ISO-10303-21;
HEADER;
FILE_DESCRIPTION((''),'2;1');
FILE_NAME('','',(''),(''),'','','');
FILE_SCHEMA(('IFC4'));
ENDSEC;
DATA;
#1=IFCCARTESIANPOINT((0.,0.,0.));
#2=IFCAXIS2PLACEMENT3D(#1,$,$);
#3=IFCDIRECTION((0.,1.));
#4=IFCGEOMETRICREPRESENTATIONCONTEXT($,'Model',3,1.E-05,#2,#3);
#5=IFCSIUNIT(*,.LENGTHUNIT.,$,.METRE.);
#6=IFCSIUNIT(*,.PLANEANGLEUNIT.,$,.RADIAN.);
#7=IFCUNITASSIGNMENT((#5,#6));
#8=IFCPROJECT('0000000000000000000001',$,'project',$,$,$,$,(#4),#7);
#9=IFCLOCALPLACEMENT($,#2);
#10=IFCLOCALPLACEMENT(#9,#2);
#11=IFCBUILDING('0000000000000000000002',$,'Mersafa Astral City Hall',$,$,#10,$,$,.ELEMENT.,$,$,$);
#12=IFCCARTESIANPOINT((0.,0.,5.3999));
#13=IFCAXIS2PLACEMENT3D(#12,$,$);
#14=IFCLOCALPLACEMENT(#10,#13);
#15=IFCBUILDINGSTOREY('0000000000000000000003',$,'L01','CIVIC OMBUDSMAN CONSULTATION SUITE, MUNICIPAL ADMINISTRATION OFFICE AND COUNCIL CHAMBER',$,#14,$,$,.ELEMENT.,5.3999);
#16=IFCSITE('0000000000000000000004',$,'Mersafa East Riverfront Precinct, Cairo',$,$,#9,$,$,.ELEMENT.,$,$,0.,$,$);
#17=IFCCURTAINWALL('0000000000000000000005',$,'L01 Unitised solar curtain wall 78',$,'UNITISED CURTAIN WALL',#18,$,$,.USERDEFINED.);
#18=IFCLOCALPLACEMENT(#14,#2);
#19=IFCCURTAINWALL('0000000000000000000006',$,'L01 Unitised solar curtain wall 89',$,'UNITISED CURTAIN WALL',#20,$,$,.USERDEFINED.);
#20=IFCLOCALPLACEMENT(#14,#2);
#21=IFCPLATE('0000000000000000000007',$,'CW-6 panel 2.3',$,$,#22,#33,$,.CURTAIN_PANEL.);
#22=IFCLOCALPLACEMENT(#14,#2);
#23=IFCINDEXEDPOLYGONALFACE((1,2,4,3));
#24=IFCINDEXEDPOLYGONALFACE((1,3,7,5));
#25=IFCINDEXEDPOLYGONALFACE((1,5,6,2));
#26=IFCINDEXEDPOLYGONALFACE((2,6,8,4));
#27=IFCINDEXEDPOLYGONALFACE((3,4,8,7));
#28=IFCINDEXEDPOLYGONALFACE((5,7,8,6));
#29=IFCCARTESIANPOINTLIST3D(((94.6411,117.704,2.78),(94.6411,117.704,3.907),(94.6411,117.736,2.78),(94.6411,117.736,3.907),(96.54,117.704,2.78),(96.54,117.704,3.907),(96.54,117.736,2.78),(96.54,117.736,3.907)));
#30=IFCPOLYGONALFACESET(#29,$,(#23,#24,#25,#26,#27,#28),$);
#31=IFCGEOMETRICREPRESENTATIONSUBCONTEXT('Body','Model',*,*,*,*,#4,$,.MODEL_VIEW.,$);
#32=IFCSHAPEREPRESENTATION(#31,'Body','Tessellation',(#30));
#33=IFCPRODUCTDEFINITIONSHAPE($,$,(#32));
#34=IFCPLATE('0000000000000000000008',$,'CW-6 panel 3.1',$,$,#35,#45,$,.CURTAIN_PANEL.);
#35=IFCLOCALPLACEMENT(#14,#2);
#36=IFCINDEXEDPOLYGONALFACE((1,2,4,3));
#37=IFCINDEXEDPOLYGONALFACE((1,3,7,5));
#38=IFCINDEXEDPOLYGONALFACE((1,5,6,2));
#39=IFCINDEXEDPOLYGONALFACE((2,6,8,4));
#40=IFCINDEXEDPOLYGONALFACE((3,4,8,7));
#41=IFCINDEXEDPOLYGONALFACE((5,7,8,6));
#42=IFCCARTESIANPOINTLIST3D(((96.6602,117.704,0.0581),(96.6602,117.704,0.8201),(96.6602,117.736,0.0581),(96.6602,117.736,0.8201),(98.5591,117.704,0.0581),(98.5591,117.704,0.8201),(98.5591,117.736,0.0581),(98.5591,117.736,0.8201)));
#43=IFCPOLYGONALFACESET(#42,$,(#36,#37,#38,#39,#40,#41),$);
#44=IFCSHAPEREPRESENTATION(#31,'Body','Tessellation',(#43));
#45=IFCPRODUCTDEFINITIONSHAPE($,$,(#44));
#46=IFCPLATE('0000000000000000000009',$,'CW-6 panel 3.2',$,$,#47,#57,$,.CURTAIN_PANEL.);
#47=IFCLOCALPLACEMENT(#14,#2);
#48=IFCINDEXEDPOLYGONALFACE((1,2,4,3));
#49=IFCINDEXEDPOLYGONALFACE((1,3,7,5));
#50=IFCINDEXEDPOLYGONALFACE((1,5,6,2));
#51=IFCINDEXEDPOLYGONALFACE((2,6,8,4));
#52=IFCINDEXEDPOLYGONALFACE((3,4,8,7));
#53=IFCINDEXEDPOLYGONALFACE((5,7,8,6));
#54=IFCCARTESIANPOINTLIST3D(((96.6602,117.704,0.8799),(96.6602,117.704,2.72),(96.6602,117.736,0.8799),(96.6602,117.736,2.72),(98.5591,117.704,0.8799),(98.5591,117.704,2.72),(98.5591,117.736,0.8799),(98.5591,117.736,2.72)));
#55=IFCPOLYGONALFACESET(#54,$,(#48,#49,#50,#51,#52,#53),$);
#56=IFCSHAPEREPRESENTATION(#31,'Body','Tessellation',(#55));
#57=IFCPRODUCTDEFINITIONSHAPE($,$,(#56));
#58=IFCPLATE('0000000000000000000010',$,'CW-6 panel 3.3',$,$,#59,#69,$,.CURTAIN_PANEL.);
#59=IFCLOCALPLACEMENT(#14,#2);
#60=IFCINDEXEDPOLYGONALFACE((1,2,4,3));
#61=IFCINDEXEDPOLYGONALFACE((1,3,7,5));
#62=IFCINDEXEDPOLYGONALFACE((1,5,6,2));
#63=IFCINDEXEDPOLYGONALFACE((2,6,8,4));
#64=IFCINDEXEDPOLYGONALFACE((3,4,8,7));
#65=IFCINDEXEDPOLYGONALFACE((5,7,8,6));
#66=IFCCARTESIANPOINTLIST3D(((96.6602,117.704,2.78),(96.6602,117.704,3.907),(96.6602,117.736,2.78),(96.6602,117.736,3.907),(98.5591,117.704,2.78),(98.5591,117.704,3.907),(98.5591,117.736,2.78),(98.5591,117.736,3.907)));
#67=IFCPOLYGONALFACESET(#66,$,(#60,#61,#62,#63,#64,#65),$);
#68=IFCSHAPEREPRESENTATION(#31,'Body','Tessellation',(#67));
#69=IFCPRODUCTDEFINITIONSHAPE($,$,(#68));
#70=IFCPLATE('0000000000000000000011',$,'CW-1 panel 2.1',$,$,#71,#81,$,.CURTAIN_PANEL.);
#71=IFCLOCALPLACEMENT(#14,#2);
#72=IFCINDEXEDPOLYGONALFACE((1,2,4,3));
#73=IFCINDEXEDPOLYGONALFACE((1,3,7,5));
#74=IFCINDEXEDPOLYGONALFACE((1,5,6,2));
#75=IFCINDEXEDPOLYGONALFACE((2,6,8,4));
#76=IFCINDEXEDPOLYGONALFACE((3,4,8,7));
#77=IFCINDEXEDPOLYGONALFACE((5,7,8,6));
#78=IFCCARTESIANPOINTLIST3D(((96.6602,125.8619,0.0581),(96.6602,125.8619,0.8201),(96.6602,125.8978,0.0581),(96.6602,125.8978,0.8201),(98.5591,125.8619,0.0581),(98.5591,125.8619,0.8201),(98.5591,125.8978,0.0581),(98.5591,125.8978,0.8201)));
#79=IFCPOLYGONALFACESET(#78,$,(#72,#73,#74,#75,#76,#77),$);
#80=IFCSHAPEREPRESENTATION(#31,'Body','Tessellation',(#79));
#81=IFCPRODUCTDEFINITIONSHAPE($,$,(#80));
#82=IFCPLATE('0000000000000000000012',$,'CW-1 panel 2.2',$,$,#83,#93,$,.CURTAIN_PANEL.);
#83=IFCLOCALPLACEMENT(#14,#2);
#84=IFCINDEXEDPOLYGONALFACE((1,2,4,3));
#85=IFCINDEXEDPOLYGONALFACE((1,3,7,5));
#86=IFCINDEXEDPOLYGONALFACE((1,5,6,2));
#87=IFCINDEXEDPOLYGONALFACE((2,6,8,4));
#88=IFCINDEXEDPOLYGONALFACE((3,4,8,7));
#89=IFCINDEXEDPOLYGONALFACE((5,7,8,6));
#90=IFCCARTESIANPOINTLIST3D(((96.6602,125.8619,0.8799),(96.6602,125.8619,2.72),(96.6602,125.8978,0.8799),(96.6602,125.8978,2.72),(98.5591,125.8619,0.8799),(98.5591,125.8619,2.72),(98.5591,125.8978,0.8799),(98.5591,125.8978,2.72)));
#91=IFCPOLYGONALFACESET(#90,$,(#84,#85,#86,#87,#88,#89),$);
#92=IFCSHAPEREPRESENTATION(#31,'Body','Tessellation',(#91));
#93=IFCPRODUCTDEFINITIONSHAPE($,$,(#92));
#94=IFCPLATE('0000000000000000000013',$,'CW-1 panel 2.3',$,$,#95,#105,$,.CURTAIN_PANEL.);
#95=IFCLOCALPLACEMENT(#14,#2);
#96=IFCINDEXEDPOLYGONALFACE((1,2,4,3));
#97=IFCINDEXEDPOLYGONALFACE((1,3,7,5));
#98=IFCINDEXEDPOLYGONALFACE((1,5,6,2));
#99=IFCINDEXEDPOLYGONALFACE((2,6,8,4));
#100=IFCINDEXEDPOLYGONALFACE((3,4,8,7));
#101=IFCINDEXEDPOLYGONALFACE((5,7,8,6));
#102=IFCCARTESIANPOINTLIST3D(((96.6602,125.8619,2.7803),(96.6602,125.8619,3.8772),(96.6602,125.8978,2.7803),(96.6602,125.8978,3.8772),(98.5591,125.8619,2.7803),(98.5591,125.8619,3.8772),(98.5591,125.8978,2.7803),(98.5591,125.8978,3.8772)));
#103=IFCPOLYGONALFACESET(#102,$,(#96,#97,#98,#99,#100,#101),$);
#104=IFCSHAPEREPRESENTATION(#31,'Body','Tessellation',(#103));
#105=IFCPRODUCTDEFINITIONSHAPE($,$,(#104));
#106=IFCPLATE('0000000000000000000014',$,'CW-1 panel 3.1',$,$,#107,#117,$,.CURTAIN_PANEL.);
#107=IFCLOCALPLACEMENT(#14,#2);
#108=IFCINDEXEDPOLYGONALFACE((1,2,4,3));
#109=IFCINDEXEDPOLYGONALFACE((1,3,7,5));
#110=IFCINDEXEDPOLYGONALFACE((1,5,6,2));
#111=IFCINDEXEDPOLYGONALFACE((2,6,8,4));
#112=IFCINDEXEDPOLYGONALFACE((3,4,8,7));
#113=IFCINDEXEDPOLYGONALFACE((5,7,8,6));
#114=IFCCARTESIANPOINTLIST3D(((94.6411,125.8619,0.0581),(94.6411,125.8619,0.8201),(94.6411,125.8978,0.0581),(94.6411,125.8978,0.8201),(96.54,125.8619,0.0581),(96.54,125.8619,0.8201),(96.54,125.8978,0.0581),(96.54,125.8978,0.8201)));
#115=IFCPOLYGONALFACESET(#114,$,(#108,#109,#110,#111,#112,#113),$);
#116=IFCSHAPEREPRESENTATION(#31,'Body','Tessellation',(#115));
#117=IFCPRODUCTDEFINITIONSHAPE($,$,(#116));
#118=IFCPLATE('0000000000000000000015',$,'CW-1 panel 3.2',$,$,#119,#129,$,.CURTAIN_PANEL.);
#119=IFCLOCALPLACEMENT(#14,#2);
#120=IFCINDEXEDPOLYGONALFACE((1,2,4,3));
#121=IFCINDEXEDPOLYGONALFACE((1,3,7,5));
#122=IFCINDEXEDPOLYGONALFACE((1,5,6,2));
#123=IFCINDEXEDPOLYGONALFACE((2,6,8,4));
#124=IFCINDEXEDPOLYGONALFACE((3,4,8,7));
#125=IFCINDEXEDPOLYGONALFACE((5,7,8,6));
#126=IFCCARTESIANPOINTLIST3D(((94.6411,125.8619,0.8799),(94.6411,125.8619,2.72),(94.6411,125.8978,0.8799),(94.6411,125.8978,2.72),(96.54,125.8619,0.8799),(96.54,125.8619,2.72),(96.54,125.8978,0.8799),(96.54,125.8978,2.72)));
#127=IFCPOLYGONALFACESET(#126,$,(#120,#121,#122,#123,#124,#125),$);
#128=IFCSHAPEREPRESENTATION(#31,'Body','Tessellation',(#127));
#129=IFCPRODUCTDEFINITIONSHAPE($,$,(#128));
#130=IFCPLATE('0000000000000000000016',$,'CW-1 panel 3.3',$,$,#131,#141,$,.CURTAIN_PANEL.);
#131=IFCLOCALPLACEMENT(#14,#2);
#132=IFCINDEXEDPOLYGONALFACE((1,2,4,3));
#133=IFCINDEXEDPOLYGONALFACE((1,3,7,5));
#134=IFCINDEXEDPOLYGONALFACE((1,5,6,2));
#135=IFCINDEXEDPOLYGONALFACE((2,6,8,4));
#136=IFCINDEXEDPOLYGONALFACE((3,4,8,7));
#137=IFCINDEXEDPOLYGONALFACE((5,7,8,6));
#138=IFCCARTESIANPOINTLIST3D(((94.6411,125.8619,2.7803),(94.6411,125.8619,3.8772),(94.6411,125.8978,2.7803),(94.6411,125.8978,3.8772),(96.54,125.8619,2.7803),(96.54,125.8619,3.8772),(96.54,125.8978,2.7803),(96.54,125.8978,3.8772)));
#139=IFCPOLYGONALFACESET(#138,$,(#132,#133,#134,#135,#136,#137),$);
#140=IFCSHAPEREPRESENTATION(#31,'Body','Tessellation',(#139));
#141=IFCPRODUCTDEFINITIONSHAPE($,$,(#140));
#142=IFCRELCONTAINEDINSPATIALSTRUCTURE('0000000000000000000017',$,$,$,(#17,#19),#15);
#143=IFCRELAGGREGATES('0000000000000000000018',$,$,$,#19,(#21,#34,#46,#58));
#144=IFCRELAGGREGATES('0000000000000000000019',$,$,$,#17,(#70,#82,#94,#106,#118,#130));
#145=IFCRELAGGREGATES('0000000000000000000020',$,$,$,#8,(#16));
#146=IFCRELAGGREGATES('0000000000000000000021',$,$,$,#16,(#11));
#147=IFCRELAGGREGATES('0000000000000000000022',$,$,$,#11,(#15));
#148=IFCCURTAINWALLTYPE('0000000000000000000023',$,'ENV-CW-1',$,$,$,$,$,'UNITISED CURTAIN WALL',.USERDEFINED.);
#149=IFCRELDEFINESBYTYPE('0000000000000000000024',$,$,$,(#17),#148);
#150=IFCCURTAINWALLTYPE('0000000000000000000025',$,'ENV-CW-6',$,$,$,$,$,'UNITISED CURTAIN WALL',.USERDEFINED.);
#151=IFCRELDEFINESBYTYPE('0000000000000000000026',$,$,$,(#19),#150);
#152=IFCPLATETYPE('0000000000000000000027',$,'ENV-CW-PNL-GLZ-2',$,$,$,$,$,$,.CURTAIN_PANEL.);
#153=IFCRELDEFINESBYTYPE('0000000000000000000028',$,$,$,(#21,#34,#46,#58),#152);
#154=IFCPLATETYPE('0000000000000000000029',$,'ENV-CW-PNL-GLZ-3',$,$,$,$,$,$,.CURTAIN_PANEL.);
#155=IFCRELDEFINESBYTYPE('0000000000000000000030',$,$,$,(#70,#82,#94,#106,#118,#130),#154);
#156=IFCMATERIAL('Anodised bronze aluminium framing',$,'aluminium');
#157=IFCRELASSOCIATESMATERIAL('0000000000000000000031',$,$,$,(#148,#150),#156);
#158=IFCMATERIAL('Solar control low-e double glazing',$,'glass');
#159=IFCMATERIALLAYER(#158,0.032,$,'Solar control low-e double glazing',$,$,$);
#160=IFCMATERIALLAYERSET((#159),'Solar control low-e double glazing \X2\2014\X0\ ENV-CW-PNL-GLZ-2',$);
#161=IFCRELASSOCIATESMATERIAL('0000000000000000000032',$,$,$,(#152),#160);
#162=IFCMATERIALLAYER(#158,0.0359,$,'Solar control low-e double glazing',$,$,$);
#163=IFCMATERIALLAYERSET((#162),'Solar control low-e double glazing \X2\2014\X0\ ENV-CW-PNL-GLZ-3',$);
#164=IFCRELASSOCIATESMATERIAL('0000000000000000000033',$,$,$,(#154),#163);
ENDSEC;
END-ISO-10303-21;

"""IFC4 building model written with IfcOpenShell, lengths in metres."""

from ifc_helpers import new_model, si_unit, direction, frame, origin, origin_2d, place, context, subcontext, project, spatial, rectangle, extrude, material, layer, layer_set, type_object, element, aggregate, save


model = new_model("IFC4")

# Units and contexts
model_context = context("Model", 3, precision=1e-05, world=origin(), true_north=direction((0.0, 1.0)))
body_context = subcontext(model_context, "Body", "Model", "MODEL_VIEW")
ifc_project = project(units=[si_unit("LENGTHUNIT", "METRE"), si_unit("PLANEANGLEUNIT", "RADIAN")], contexts=[model_context])

# Site, building, storey
site_placement = place(None, origin())
site = spatial("IfcSite", under=ifc_project, at=site_placement, Name="Mersafa East Riverfront Precinct, Cairo", CompositionType="ELEMENT", RefElevation=0.0)
building_placement = place(site_placement, origin())
building = spatial("IfcBuilding", under=site, at=building_placement, Name="Mersafa Astral City Hall", CompositionType="ELEMENT")
storey_placement = place(building_placement, frame((0.0, 0.0, 5.3999)))
storey = spatial("IfcBuildingStorey", under=building, at=storey_placement, Name="L01", Description="CIVIC OMBUDSMAN CONSULTATION SUITE, MUNICIPAL ADMINISTRATION OFFICE AND COUNCIL CHAMBER", CompositionType="ELEMENT", Elevation=5.3999)

# Curtain walls
ifc_material_1 = material(Name="Anodised bronze aluminium framing", Category="aluminium")
curtain_wall_type_1 = type_object("IfcCurtainWallType", Name="ENV-CW-1", ElementType="UNITISED CURTAIN WALL", PredefinedType="USERDEFINED", material=ifc_material_1)
curtain_wall_1_placement = place(storey_placement, origin())
curtain_wall_1 = element("IfcCurtainWall", 1, at=curtain_wall_1_placement, inside=storey, type_object=curtain_wall_type_1, Name="L01 Unitised solar curtain wall 78", ObjectType="UNITISED CURTAIN WALL", PredefinedType="USERDEFINED")
curtain_wall_type_2 = type_object("IfcCurtainWallType", Name="ENV-CW-6", ElementType="UNITISED CURTAIN WALL", PredefinedType="USERDEFINED", material=ifc_material_1)
curtain_wall_2_placement = place(storey_placement, origin())
curtain_wall_2 = element("IfcCurtainWall", 2, at=curtain_wall_2_placement, inside=storey, type_object=curtain_wall_type_2, Name="L01 Unitised solar curtain wall 89", ObjectType="UNITISED CURTAIN WALL", PredefinedType="USERDEFINED")

# Plates
ifc_material_2 = material(Name="Solar control low-e double glazing", Category="glass")
ifc_layer_1 = layer(ifc_material_2, 0.032, Name="Solar control low-e double glazing")
ifc_layer_set_1 = layer_set([ifc_layer_1], Name="Solar control low-e double glazing — ENV-CW-PNL-GLZ-2")
plate_type_1 = type_object("IfcPlateType", Name="ENV-CW-PNL-GLZ-2", PredefinedType="CURTAIN_PANEL", material=ifc_layer_set_1)
plate_1_placement = place(storey_placement, frame((95.5906, 117.72, 2.78), z_axis=(0.0, 0.0, 1.0), x_axis=(1.0, 0.0, 0.0)))
plate_1 = element("IfcPlate", 3, at=plate_1_placement, type_object=plate_type_1, Name="CW-6 panel 2.3", PredefinedType="CURTAIN_PANEL", context=body_context, shape_type="SweptSolid", body=[
    extrude(rectangle(XDim=1.8989, YDim=0.032, at=origin_2d()), origin(), (0.0, 0.0, 1.0), 1.127),
])
plate_2_placement = place(storey_placement, frame((97.6096, 117.72, 0.0581), z_axis=(0.0, 0.0, 1.0), x_axis=(1.0, 0.0, 0.0)))
plate_2 = element("IfcPlate", 4, at=plate_2_placement, type_object=plate_type_1, Name="CW-6 panel 3.1", PredefinedType="CURTAIN_PANEL", context=body_context, shape_type="SweptSolid", body=[
    extrude(rectangle(XDim=1.8989, YDim=0.032, at=origin_2d()), origin(), (0.0, 0.0, 1.0), 0.762),
])
plate_3_placement = place(storey_placement, frame((97.6096, 117.72, 0.8799), z_axis=(0.0, 0.0, 1.0), x_axis=(1.0, 0.0, 0.0)))
plate_3 = element("IfcPlate", 5, at=plate_3_placement, type_object=plate_type_1, Name="CW-6 panel 3.2", PredefinedType="CURTAIN_PANEL", context=body_context, shape_type="SweptSolid", body=[
    extrude(rectangle(XDim=1.8989, YDim=0.032, at=origin_2d()), origin(), (0.0, 0.0, 1.0), 1.8401),
])
plate_4_placement = place(storey_placement, frame((97.6096, 117.72, 2.78), z_axis=(0.0, 0.0, 1.0), x_axis=(1.0, 0.0, 0.0)))
plate_4 = element("IfcPlate", 6, at=plate_4_placement, type_object=plate_type_1, Name="CW-6 panel 3.3", PredefinedType="CURTAIN_PANEL", context=body_context, shape_type="SweptSolid", body=[
    extrude(rectangle(XDim=1.8989, YDim=0.032, at=origin_2d()), origin(), (0.0, 0.0, 1.0), 1.127),
])
aggregate(curtain_wall_2, [plate_1, plate_2, plate_3, plate_4])
ifc_layer_2 = layer(ifc_material_2, 0.0359, Name="Solar control low-e double glazing")
ifc_layer_set_2 = layer_set([ifc_layer_2], Name="Solar control low-e double glazing — ENV-CW-PNL-GLZ-3")
plate_type_2 = type_object("IfcPlateType", Name="ENV-CW-PNL-GLZ-3", PredefinedType="CURTAIN_PANEL", material=ifc_layer_set_2)
plate_5_placement = place(storey_placement, frame((97.6096, 125.8799, 0.0581), z_axis=(0.0, 0.0, 1.0), x_axis=(-1.0, 0.0, 0.0)))
plate_5 = element("IfcPlate", 7, at=plate_5_placement, type_object=plate_type_2, Name="CW-1 panel 2.1", PredefinedType="CURTAIN_PANEL", context=body_context, shape_type="SweptSolid", body=[
    extrude(rectangle(XDim=1.8989, YDim=0.0359, at=origin_2d()), origin(), (0.0, 0.0, 1.0), 0.762),
])
plate_6_placement = place(storey_placement, frame((97.6096, 125.8799, 0.8799), z_axis=(0.0, 0.0, 1.0), x_axis=(-1.0, 0.0, 0.0)))
plate_6 = element("IfcPlate", 8, at=plate_6_placement, type_object=plate_type_2, Name="CW-1 panel 2.2", PredefinedType="CURTAIN_PANEL", context=body_context, shape_type="SweptSolid", body=[
    extrude(rectangle(XDim=1.8989, YDim=0.0359, at=origin_2d()), origin(), (0.0, 0.0, 1.0), 1.8401),
])
plate_7_placement = place(storey_placement, frame((97.6096, 125.8799, 2.7803), z_axis=(0.0, 0.0, 1.0), x_axis=(-1.0, 0.0, 0.0)))
plate_7 = element("IfcPlate", 9, at=plate_7_placement, type_object=plate_type_2, Name="CW-1 panel 2.3", PredefinedType="CURTAIN_PANEL", context=body_context, shape_type="SweptSolid", body=[
    extrude(rectangle(XDim=1.8989, YDim=0.0359, at=origin_2d()), origin(), (0.0, 0.0, 1.0), 1.0969),
])
plate_8_placement = place(storey_placement, frame((95.5906, 125.8799, 0.0581), z_axis=(0.0, 0.0, 1.0), x_axis=(-1.0, 0.0, 0.0)))
plate_8 = element("IfcPlate", 10, at=plate_8_placement, type_object=plate_type_2, Name="CW-1 panel 3.1", PredefinedType="CURTAIN_PANEL", context=body_context, shape_type="SweptSolid", body=[
    extrude(rectangle(XDim=1.8989, YDim=0.0359, at=origin_2d()), origin(), (0.0, 0.0, 1.0), 0.762),
])
plate_9_placement = place(storey_placement, frame((95.5906, 125.8799, 0.8799), z_axis=(0.0, 0.0, 1.0), x_axis=(-1.0, 0.0, 0.0)))
plate_9 = element("IfcPlate", 11, at=plate_9_placement, type_object=plate_type_2, Name="CW-1 panel 3.2", PredefinedType="CURTAIN_PANEL", context=body_context, shape_type="SweptSolid", body=[
    extrude(rectangle(XDim=1.8989, YDim=0.0359, at=origin_2d()), origin(), (0.0, 0.0, 1.0), 1.8401),
])
plate_10_placement = place(storey_placement, frame((95.5906, 125.8799, 2.7803), z_axis=(0.0, 0.0, 1.0), x_axis=(-1.0, 0.0, 0.0)))
plate_10 = element("IfcPlate", 12, at=plate_10_placement, type_object=plate_type_2, Name="CW-1 panel 3.3", PredefinedType="CURTAIN_PANEL", context=body_context, shape_type="SweptSolid", body=[
    extrude(rectangle(XDim=1.8989, YDim=0.0359, at=origin_2d()), origin(), (0.0, 0.0, 1.0), 1.0969),
])
aggregate(curtain_wall_1, [plate_5, plate_6, plate_7, plate_8, plate_9, plate_10])

save(model, "model.ifc")
